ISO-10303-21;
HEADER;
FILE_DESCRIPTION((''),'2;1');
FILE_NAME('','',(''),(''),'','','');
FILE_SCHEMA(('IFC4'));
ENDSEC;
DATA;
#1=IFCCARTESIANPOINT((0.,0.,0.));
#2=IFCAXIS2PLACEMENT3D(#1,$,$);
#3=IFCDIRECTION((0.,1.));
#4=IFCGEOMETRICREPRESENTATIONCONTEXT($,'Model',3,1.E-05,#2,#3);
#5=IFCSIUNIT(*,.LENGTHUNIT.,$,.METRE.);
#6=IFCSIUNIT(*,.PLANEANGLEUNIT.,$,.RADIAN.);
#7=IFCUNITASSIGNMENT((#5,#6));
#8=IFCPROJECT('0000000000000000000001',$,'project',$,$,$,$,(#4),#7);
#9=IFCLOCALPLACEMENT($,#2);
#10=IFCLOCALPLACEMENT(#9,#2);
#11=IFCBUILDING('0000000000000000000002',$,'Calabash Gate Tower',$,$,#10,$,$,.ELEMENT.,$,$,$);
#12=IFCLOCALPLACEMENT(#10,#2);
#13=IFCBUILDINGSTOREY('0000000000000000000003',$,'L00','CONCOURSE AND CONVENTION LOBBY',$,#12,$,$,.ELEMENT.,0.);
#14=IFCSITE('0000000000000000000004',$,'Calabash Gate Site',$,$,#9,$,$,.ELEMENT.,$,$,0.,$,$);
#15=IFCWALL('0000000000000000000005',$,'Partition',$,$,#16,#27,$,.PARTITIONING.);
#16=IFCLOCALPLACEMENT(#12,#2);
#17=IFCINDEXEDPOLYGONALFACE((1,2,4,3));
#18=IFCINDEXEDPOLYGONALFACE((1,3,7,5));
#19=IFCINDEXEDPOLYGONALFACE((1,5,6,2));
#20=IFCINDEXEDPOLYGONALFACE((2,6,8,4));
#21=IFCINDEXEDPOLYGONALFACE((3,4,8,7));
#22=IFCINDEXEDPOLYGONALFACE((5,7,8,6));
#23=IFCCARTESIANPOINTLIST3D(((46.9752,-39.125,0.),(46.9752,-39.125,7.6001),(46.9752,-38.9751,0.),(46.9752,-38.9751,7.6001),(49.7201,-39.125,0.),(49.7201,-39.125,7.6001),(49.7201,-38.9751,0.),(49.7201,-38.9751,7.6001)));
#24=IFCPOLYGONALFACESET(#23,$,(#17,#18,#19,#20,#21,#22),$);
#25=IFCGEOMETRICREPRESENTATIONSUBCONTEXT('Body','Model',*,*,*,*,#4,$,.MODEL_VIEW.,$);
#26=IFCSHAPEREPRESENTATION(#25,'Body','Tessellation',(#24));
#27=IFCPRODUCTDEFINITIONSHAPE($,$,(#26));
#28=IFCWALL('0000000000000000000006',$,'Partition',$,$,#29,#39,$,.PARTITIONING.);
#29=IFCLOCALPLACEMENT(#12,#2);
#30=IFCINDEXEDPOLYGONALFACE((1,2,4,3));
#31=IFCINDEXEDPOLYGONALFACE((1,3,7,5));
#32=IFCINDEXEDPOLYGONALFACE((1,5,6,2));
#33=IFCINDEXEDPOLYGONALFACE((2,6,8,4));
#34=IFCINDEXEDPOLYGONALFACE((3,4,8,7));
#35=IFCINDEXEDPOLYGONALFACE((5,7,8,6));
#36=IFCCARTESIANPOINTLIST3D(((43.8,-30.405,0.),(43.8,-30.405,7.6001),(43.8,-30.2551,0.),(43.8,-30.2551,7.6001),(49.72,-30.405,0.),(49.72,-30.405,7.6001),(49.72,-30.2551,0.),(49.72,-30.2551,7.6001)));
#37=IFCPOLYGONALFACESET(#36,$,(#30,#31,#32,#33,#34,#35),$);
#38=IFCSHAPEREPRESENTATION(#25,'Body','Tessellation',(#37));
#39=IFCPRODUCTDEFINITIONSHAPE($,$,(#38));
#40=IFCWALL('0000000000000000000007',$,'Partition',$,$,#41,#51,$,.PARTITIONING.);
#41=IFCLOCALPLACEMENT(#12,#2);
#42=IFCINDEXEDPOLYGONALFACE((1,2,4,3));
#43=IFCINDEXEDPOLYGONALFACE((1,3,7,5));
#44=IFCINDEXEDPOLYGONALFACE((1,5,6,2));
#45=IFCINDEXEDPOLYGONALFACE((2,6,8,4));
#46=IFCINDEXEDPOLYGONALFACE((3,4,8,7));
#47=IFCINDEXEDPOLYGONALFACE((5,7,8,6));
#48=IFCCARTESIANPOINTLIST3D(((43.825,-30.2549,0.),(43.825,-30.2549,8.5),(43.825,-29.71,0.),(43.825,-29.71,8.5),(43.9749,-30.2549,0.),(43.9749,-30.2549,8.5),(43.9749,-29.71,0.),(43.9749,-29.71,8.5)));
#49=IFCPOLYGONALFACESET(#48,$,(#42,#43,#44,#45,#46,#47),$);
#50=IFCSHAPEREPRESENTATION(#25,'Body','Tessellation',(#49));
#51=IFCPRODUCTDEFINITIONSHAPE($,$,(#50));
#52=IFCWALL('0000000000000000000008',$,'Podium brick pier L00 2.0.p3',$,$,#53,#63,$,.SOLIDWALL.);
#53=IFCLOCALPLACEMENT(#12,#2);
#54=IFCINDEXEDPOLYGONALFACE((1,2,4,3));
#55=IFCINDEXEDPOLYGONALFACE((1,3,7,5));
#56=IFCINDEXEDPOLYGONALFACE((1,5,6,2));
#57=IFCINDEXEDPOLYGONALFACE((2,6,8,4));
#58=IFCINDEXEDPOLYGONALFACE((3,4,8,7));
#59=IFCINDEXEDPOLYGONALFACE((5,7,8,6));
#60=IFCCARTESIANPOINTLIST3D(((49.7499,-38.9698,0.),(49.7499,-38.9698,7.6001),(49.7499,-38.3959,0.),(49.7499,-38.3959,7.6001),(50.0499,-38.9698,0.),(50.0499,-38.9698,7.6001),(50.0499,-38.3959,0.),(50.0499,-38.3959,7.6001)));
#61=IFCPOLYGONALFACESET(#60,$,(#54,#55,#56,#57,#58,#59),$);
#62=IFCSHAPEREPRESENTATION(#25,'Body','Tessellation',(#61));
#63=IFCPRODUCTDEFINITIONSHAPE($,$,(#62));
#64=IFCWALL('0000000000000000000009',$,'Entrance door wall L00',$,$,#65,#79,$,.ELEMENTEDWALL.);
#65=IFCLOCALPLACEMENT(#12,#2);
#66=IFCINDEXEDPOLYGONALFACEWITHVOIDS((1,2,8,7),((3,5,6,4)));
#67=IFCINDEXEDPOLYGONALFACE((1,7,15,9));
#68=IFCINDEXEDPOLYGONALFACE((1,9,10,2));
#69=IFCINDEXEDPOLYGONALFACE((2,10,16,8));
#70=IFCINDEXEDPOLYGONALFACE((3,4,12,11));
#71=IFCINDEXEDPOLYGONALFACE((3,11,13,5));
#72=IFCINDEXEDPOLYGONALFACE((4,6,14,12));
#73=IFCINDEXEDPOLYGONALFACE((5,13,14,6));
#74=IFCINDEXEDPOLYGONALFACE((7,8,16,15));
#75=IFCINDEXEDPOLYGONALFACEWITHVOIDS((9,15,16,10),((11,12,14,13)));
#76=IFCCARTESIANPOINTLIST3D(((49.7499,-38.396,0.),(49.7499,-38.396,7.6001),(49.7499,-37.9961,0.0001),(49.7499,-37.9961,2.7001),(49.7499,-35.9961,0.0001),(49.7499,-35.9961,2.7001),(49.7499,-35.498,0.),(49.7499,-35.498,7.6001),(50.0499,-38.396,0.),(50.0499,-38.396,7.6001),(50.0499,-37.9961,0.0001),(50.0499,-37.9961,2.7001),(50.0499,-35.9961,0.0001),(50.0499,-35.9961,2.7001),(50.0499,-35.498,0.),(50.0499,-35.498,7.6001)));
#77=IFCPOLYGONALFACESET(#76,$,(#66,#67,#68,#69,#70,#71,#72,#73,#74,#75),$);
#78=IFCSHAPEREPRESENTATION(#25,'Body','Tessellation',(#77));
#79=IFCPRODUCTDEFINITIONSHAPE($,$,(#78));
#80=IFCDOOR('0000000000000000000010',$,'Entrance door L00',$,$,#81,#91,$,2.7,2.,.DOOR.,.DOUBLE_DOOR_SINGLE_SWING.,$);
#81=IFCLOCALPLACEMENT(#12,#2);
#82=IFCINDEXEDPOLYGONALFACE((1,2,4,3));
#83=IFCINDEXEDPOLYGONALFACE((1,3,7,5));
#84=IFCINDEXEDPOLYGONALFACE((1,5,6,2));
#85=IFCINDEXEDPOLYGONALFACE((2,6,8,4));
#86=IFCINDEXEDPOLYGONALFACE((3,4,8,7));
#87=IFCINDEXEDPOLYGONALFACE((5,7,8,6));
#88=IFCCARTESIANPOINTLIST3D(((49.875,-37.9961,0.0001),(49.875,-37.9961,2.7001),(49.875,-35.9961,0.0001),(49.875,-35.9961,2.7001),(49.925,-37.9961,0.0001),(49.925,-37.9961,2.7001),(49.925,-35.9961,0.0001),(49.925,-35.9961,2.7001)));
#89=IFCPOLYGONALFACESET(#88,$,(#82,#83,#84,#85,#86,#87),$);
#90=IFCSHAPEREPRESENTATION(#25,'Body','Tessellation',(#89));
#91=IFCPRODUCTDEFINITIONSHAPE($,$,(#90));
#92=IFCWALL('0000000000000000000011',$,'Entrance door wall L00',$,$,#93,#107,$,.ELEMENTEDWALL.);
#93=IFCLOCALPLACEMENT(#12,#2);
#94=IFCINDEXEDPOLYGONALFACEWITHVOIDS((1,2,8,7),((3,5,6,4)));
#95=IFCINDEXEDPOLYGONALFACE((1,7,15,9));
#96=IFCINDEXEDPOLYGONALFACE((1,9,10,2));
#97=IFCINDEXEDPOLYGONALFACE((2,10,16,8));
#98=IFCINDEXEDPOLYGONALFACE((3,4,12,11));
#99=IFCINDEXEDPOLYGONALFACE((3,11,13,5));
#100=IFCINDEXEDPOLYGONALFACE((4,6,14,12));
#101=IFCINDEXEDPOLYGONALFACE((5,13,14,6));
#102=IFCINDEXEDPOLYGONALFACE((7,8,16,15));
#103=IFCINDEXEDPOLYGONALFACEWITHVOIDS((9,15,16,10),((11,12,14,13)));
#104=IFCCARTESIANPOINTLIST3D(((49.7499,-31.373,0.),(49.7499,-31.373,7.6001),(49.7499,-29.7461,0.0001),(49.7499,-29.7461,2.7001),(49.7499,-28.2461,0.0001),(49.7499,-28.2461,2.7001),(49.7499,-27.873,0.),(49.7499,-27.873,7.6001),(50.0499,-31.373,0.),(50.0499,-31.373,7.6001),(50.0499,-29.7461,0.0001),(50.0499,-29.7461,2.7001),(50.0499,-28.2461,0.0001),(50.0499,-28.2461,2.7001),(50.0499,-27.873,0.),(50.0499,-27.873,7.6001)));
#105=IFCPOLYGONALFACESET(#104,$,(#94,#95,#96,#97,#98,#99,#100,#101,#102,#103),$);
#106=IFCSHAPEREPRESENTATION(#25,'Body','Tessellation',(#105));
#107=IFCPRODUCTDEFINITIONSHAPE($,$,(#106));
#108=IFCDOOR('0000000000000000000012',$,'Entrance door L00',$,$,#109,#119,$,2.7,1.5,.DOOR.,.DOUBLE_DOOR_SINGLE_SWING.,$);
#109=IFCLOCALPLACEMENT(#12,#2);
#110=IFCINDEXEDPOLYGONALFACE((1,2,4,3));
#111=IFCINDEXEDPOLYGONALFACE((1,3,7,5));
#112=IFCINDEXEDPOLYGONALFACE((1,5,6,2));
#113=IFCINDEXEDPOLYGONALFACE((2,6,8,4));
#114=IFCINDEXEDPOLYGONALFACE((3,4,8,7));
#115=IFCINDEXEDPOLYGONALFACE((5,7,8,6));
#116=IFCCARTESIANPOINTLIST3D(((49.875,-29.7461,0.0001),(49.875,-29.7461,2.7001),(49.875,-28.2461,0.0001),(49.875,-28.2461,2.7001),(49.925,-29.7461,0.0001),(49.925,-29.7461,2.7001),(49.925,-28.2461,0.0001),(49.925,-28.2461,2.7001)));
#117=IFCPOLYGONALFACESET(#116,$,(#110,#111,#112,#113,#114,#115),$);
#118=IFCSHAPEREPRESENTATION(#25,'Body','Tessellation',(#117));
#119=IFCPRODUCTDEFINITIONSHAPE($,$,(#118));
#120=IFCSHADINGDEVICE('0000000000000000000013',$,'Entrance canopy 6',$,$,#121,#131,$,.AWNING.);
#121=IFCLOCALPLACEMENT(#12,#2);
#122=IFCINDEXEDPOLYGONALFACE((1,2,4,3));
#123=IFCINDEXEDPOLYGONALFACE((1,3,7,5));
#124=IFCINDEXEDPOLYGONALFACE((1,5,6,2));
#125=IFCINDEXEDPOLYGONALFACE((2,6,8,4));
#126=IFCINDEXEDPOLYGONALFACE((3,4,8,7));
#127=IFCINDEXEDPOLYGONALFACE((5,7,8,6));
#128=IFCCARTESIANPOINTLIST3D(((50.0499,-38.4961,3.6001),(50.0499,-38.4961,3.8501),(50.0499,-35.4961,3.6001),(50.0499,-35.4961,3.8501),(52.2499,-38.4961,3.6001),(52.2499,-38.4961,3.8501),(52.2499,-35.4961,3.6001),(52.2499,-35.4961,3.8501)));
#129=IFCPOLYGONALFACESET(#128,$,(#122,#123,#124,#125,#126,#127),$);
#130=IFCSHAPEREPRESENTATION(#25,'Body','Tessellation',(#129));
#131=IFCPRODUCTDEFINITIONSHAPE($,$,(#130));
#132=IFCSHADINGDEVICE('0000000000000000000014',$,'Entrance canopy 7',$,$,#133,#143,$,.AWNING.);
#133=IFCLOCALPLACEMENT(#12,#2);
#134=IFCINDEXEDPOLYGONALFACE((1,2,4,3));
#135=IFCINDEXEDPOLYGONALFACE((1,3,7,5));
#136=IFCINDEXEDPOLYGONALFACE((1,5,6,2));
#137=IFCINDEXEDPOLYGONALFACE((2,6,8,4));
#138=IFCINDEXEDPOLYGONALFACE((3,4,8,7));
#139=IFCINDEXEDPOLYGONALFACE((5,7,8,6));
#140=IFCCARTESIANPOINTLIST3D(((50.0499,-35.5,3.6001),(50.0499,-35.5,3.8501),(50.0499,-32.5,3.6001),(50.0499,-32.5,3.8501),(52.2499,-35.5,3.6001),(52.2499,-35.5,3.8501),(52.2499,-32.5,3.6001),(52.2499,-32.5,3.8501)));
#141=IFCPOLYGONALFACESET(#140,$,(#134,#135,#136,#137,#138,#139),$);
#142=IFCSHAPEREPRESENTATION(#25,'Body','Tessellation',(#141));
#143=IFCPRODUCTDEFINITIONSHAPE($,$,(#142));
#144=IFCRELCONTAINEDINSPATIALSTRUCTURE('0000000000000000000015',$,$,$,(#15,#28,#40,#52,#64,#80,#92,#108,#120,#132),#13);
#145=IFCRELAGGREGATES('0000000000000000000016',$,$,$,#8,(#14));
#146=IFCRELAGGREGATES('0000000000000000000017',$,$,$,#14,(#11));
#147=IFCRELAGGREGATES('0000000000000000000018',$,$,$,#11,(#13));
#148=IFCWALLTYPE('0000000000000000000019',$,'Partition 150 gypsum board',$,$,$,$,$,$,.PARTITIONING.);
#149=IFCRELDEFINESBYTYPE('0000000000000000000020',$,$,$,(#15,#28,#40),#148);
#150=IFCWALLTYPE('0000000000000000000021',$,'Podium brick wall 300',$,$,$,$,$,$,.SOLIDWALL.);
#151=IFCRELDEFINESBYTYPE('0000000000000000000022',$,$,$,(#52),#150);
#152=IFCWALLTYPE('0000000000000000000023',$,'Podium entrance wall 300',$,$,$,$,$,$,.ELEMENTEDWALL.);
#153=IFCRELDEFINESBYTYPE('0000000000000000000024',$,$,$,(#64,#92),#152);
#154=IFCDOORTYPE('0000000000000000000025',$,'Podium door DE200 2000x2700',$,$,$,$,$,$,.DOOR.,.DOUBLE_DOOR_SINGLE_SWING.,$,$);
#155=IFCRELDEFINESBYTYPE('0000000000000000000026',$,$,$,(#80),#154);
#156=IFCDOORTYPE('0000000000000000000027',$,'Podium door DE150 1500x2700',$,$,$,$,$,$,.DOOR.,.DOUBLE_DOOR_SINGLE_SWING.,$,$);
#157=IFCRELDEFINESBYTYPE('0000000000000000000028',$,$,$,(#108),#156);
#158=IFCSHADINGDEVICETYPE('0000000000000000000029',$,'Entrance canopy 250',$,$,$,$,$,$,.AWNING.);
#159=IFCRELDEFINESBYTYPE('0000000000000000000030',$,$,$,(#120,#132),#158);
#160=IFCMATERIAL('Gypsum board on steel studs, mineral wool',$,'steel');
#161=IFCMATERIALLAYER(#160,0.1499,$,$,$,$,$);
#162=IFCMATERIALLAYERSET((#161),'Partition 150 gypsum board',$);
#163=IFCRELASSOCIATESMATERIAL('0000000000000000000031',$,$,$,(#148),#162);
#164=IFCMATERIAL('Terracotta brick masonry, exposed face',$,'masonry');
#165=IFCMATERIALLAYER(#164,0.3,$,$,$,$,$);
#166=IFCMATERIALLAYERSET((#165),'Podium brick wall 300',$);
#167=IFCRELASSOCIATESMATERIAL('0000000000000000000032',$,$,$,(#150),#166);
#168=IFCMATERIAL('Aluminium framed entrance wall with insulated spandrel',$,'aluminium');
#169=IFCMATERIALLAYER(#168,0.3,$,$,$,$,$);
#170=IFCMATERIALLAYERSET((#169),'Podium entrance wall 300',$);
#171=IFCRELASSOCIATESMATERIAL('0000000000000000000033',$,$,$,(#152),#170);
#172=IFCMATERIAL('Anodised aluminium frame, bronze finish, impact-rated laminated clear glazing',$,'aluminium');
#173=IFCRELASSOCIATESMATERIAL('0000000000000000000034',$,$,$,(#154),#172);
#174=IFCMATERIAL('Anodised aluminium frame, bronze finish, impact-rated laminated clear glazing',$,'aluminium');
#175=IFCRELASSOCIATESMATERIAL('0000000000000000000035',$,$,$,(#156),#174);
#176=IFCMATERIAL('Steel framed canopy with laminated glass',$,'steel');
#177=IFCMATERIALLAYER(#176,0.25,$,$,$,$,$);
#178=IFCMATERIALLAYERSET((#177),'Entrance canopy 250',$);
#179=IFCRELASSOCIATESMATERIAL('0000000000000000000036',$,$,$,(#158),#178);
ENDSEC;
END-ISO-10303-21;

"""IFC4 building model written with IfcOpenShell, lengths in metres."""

from ifc_helpers import new_model, si_unit, direction, frame, frame_2d, origin, origin_2d, place, context, subcontext, project, spatial, rectangle, extrude, material, layer, layer_set, type_object, element, fill, save


model = new_model("IFC4")

# Units and contexts
model_context = context("Model", 3, precision=1e-05, world=origin(), true_north=direction((0.0, 1.0)))
body_context = subcontext(model_context, "Body", "Model", "MODEL_VIEW")
ifc_project = project(units=[si_unit("LENGTHUNIT", "METRE"), si_unit("PLANEANGLEUNIT", "RADIAN")], contexts=[model_context])

# Site, building, storey
site_placement = place(None, origin())
site = spatial("IfcSite", under=ifc_project, at=site_placement, Name="Calabash Gate Site", CompositionType="ELEMENT", RefElevation=0.0)
building_placement = place(site_placement, origin())
building = spatial("IfcBuilding", under=site, at=building_placement, Name="Calabash Gate Tower", CompositionType="ELEMENT")
storey_placement = place(building_placement, origin())
storey = spatial("IfcBuildingStorey", under=building, at=storey_placement, Name="L00", Description="CONCOURSE AND CONVENTION LOBBY", CompositionType="ELEMENT", Elevation=0.0)

# Walls
ifc_material_1 = material(Name="Gypsum board on steel studs, mineral wool", Category="steel")
ifc_layer_1 = layer(ifc_material_1, 0.1499)
ifc_layer_set_1 = layer_set([ifc_layer_1], Name="Partition 150 gypsum board")
wall_type_1 = type_object("IfcWallType", Name="Partition 150 gypsum board", PredefinedType="PARTITIONING", material=ifc_layer_set_1)
wall_1_placement = place(storey_placement, frame((46.9751, -39.05, 0.0), z_axis=(0.0, 0.0, 1.0), x_axis=(1.0, 0.0, 0.0)))
element("IfcWall", 1, at=wall_1_placement, inside=storey, type_object=wall_type_1, Name="Partition", PredefinedType="PARTITIONING", context=body_context, shape_type="SweptSolid", body=[
    extrude(rectangle(XDim=2.7449, YDim=0.1499, at=frame_2d((1.3726, 0.0))), origin(), (0.0, 0.0, 1.0), 7.6001),
])
wall_2_placement = place(storey_placement, frame((43.8, -30.3301, 0.0), z_axis=(0.0, 0.0, 1.0), x_axis=(1.0, 0.0, 0.0)))
element("IfcWall", 2, at=wall_2_placement, inside=storey, type_object=wall_type_1, Name="Partition", PredefinedType="PARTITIONING", context=body_context, shape_type="SweptSolid", body=[
    extrude(rectangle(XDim=5.9199, YDim=0.1499, at=frame_2d((2.96, 0.0))), origin(), (0.0, 0.0, 1.0), 7.6001),
])
wall_3_placement = place(storey_placement, frame((43.8999, -30.2549, 0.0), z_axis=(0.0, 0.0, 1.0), x_axis=(0.0, 1.0, 0.0)))
element("IfcWall", 3, at=wall_3_placement, inside=storey, type_object=wall_type_1, Name="Partition", PredefinedType="PARTITIONING", context=body_context, shape_type="SweptSolid", body=[
    extrude(rectangle(XDim=0.5449, YDim=0.1499, at=frame_2d((0.2725, 0.0))), origin(), (0.0, 0.0, 1.0), 8.5),
])
ifc_material_2 = material(Name="Terracotta brick masonry, exposed face", Category="masonry")
ifc_layer_2 = layer(ifc_material_2, 0.3)
ifc_layer_set_2 = layer_set([ifc_layer_2], Name="Podium brick wall 300")
wall_type_2 = type_object("IfcWallType", Name="Podium brick wall 300", PredefinedType="SOLIDWALL", material=ifc_layer_set_2)
wall_4_placement = place(storey_placement, frame((49.8999, -38.97, 0.0), z_axis=(0.0, 0.0, 1.0), x_axis=(0.0, 1.0, 0.0)))
element("IfcWall", 4, at=wall_4_placement, inside=storey, type_object=wall_type_2, Name="Podium brick pier L00 2.0.p3", PredefinedType="SOLIDWALL", context=body_context, shape_type="SweptSolid", body=[
    extrude(rectangle(XDim=0.574, YDim=0.3, at=frame_2d((0.2871, 0.0))), origin(), (0.0, 0.0, 1.0), 7.6001),
])

# Walls, openings, doors
ifc_material_3 = material(Name="Aluminium framed entrance wall with insulated spandrel", Category="aluminium")
ifc_layer_3 = layer(ifc_material_3, 0.3)
ifc_layer_set_3 = layer_set([ifc_layer_3], Name="Podium entrance wall 300")
wall_type_3 = type_object("IfcWallType", Name="Podium entrance wall 300", PredefinedType="ELEMENTEDWALL", material=ifc_layer_set_3)
wall_5_placement = place(storey_placement, frame((49.8999, -38.396, 0.0), z_axis=(0.0, 0.0, 1.0), x_axis=(0.0, 1.0, 0.0)))
wall_5 = element("IfcWall", 5, at=wall_5_placement, inside=storey, type_object=wall_type_3, Name="Entrance door wall L00", PredefinedType="ELEMENTEDWALL", context=body_context, shape_type="SweptSolid", body=[
    extrude(rectangle(XDim=2.8979, YDim=0.3, at=frame_2d((1.449, 0.0))), origin(), (0.0, 0.0, 1.0), 7.6001),
])
opening_1_placement = place(wall_5_placement, frame((0.3999, 0.0, 0.0)))
opening_1 = element("IfcOpeningElement", 6, at=opening_1_placement, cuts=wall_5, PredefinedType="OPENING", context=body_context, shape_type="SweptSolid", body=[
    extrude(rectangle(XDim=2.0, YDim=2.7, at=frame_2d((1.0, 1.3501))), frame((0.0, 0.1599, 0.0), z_axis=(0.0, -1.0, 0.0), x_axis=(1.0, 0.0, 0.0)), (0.0, 0.0, 1.0), 0.3201),
])
ifc_material_4 = material(Name="Anodised aluminium frame, bronze finish, impact-rated laminated clear glazing", Category="aluminium")
door_type_1 = type_object("IfcDoorType", Name="Podium door DE200 2000x2700", OperationType="DOUBLE_DOOR_SINGLE_SWING", PredefinedType="DOOR", material=ifc_material_4)
door_1_placement = place(opening_1_placement, origin())
door_1 = element("IfcDoor", 7, at=door_1_placement, inside=storey, type_object=door_type_1, Name="Entrance door L00", OperationType="DOUBLE_DOOR_SINGLE_SWING", OverallHeight=2.7, OverallWidth=2.0, PredefinedType="DOOR", context=body_context, shape_type="SweptSolid", body=[
    extrude(rectangle(XDim=2.0, YDim=2.7, at=frame_2d((1.0, 1.3501))), frame((0.0, 0.0249, 0.0), z_axis=(0.0, -1.0, 0.0), x_axis=(1.0, 0.0, 0.0)), (0.0, 0.0, 1.0), 0.05),
])
fill(opening_1, door_1)
wall_6_placement = place(storey_placement, frame((49.8999, -31.373, 0.0), z_axis=(0.0, 0.0, 1.0), x_axis=(0.0, 1.0, 0.0)))
wall_6 = element("IfcWall", 8, at=wall_6_placement, inside=storey, type_object=wall_type_3, Name="Entrance door wall L00", PredefinedType="ELEMENTEDWALL", context=body_context, shape_type="SweptSolid", body=[
    extrude(rectangle(XDim=3.5, YDim=0.3, at=frame_2d((1.75, 0.0))), origin(), (0.0, 0.0, 1.0), 7.6001),
])
opening_2_placement = place(wall_6_placement, frame((1.627, 0.0, 0.0)))
opening_2 = element("IfcOpeningElement", 9, at=opening_2_placement, cuts=wall_6, PredefinedType="OPENING", context=body_context, shape_type="SweptSolid", body=[
    extrude(rectangle(XDim=1.5, YDim=2.7, at=frame_2d((0.75, 1.3501))), frame((0.0, 0.1599, 0.0), z_axis=(0.0, -1.0, 0.0), x_axis=(1.0, 0.0, 0.0)), (0.0, 0.0, 1.0), 0.3201),
])
ifc_material_5 = material(Name="Anodised aluminium frame, bronze finish, impact-rated laminated clear glazing", Category="aluminium")
door_type_2 = type_object("IfcDoorType", Name="Podium door DE150 1500x2700", OperationType="DOUBLE_DOOR_SINGLE_SWING", PredefinedType="DOOR", material=ifc_material_5)
door_2_placement = place(opening_2_placement, origin())
door_2 = element("IfcDoor", 10, at=door_2_placement, inside=storey, type_object=door_type_2, Name="Entrance door L00", OperationType="DOUBLE_DOOR_SINGLE_SWING", OverallHeight=2.7, OverallWidth=1.5, PredefinedType="DOOR", context=body_context, shape_type="SweptSolid", body=[
    extrude(rectangle(XDim=1.5, YDim=2.7, at=frame_2d((0.75, 1.3501))), frame((0.0, 0.0249, 0.0), z_axis=(0.0, -1.0, 0.0), x_axis=(1.0, 0.0, 0.0)), (0.0, 0.0, 1.0), 0.05),
])
fill(opening_2, door_2)

# Shading devices
ifc_material_6 = material(Name="Steel framed canopy with laminated glass", Category="steel")
ifc_layer_4 = layer(ifc_material_6, 0.25)
ifc_layer_set_4 = layer_set([ifc_layer_4], Name="Entrance canopy 250")
shading_device_type = type_object("IfcShadingDeviceType", Name="Entrance canopy 250", PredefinedType="AWNING", material=ifc_layer_set_4)
for number, where, z_axis, x_axis, name in (
    (11, (51.1499, -36.9961, 3.6001), (0.0, 0.0, 1.0), (0.0, 1.0, 0.0), "Entrance canopy 6"),
    (12, (51.1499, -34.0, 3.6001), (0.0, 0.0, 1.0), (0.0, 1.0, 0.0), "Entrance canopy 7"),
):
    element("IfcShadingDevice", number, at=place(storey_placement, frame(where, z_axis=z_axis, x_axis=x_axis)), inside=storey, type_object=shading_device_type, Name=name, PredefinedType="AWNING", context=body_context, shape_type="SweptSolid", body=[
        extrude(rectangle(XDim=3.0, YDim=2.2, at=origin_2d()), origin(), (0.0, 0.0, 1.0), 0.25),
    ])

save(model, "model.ifc")
